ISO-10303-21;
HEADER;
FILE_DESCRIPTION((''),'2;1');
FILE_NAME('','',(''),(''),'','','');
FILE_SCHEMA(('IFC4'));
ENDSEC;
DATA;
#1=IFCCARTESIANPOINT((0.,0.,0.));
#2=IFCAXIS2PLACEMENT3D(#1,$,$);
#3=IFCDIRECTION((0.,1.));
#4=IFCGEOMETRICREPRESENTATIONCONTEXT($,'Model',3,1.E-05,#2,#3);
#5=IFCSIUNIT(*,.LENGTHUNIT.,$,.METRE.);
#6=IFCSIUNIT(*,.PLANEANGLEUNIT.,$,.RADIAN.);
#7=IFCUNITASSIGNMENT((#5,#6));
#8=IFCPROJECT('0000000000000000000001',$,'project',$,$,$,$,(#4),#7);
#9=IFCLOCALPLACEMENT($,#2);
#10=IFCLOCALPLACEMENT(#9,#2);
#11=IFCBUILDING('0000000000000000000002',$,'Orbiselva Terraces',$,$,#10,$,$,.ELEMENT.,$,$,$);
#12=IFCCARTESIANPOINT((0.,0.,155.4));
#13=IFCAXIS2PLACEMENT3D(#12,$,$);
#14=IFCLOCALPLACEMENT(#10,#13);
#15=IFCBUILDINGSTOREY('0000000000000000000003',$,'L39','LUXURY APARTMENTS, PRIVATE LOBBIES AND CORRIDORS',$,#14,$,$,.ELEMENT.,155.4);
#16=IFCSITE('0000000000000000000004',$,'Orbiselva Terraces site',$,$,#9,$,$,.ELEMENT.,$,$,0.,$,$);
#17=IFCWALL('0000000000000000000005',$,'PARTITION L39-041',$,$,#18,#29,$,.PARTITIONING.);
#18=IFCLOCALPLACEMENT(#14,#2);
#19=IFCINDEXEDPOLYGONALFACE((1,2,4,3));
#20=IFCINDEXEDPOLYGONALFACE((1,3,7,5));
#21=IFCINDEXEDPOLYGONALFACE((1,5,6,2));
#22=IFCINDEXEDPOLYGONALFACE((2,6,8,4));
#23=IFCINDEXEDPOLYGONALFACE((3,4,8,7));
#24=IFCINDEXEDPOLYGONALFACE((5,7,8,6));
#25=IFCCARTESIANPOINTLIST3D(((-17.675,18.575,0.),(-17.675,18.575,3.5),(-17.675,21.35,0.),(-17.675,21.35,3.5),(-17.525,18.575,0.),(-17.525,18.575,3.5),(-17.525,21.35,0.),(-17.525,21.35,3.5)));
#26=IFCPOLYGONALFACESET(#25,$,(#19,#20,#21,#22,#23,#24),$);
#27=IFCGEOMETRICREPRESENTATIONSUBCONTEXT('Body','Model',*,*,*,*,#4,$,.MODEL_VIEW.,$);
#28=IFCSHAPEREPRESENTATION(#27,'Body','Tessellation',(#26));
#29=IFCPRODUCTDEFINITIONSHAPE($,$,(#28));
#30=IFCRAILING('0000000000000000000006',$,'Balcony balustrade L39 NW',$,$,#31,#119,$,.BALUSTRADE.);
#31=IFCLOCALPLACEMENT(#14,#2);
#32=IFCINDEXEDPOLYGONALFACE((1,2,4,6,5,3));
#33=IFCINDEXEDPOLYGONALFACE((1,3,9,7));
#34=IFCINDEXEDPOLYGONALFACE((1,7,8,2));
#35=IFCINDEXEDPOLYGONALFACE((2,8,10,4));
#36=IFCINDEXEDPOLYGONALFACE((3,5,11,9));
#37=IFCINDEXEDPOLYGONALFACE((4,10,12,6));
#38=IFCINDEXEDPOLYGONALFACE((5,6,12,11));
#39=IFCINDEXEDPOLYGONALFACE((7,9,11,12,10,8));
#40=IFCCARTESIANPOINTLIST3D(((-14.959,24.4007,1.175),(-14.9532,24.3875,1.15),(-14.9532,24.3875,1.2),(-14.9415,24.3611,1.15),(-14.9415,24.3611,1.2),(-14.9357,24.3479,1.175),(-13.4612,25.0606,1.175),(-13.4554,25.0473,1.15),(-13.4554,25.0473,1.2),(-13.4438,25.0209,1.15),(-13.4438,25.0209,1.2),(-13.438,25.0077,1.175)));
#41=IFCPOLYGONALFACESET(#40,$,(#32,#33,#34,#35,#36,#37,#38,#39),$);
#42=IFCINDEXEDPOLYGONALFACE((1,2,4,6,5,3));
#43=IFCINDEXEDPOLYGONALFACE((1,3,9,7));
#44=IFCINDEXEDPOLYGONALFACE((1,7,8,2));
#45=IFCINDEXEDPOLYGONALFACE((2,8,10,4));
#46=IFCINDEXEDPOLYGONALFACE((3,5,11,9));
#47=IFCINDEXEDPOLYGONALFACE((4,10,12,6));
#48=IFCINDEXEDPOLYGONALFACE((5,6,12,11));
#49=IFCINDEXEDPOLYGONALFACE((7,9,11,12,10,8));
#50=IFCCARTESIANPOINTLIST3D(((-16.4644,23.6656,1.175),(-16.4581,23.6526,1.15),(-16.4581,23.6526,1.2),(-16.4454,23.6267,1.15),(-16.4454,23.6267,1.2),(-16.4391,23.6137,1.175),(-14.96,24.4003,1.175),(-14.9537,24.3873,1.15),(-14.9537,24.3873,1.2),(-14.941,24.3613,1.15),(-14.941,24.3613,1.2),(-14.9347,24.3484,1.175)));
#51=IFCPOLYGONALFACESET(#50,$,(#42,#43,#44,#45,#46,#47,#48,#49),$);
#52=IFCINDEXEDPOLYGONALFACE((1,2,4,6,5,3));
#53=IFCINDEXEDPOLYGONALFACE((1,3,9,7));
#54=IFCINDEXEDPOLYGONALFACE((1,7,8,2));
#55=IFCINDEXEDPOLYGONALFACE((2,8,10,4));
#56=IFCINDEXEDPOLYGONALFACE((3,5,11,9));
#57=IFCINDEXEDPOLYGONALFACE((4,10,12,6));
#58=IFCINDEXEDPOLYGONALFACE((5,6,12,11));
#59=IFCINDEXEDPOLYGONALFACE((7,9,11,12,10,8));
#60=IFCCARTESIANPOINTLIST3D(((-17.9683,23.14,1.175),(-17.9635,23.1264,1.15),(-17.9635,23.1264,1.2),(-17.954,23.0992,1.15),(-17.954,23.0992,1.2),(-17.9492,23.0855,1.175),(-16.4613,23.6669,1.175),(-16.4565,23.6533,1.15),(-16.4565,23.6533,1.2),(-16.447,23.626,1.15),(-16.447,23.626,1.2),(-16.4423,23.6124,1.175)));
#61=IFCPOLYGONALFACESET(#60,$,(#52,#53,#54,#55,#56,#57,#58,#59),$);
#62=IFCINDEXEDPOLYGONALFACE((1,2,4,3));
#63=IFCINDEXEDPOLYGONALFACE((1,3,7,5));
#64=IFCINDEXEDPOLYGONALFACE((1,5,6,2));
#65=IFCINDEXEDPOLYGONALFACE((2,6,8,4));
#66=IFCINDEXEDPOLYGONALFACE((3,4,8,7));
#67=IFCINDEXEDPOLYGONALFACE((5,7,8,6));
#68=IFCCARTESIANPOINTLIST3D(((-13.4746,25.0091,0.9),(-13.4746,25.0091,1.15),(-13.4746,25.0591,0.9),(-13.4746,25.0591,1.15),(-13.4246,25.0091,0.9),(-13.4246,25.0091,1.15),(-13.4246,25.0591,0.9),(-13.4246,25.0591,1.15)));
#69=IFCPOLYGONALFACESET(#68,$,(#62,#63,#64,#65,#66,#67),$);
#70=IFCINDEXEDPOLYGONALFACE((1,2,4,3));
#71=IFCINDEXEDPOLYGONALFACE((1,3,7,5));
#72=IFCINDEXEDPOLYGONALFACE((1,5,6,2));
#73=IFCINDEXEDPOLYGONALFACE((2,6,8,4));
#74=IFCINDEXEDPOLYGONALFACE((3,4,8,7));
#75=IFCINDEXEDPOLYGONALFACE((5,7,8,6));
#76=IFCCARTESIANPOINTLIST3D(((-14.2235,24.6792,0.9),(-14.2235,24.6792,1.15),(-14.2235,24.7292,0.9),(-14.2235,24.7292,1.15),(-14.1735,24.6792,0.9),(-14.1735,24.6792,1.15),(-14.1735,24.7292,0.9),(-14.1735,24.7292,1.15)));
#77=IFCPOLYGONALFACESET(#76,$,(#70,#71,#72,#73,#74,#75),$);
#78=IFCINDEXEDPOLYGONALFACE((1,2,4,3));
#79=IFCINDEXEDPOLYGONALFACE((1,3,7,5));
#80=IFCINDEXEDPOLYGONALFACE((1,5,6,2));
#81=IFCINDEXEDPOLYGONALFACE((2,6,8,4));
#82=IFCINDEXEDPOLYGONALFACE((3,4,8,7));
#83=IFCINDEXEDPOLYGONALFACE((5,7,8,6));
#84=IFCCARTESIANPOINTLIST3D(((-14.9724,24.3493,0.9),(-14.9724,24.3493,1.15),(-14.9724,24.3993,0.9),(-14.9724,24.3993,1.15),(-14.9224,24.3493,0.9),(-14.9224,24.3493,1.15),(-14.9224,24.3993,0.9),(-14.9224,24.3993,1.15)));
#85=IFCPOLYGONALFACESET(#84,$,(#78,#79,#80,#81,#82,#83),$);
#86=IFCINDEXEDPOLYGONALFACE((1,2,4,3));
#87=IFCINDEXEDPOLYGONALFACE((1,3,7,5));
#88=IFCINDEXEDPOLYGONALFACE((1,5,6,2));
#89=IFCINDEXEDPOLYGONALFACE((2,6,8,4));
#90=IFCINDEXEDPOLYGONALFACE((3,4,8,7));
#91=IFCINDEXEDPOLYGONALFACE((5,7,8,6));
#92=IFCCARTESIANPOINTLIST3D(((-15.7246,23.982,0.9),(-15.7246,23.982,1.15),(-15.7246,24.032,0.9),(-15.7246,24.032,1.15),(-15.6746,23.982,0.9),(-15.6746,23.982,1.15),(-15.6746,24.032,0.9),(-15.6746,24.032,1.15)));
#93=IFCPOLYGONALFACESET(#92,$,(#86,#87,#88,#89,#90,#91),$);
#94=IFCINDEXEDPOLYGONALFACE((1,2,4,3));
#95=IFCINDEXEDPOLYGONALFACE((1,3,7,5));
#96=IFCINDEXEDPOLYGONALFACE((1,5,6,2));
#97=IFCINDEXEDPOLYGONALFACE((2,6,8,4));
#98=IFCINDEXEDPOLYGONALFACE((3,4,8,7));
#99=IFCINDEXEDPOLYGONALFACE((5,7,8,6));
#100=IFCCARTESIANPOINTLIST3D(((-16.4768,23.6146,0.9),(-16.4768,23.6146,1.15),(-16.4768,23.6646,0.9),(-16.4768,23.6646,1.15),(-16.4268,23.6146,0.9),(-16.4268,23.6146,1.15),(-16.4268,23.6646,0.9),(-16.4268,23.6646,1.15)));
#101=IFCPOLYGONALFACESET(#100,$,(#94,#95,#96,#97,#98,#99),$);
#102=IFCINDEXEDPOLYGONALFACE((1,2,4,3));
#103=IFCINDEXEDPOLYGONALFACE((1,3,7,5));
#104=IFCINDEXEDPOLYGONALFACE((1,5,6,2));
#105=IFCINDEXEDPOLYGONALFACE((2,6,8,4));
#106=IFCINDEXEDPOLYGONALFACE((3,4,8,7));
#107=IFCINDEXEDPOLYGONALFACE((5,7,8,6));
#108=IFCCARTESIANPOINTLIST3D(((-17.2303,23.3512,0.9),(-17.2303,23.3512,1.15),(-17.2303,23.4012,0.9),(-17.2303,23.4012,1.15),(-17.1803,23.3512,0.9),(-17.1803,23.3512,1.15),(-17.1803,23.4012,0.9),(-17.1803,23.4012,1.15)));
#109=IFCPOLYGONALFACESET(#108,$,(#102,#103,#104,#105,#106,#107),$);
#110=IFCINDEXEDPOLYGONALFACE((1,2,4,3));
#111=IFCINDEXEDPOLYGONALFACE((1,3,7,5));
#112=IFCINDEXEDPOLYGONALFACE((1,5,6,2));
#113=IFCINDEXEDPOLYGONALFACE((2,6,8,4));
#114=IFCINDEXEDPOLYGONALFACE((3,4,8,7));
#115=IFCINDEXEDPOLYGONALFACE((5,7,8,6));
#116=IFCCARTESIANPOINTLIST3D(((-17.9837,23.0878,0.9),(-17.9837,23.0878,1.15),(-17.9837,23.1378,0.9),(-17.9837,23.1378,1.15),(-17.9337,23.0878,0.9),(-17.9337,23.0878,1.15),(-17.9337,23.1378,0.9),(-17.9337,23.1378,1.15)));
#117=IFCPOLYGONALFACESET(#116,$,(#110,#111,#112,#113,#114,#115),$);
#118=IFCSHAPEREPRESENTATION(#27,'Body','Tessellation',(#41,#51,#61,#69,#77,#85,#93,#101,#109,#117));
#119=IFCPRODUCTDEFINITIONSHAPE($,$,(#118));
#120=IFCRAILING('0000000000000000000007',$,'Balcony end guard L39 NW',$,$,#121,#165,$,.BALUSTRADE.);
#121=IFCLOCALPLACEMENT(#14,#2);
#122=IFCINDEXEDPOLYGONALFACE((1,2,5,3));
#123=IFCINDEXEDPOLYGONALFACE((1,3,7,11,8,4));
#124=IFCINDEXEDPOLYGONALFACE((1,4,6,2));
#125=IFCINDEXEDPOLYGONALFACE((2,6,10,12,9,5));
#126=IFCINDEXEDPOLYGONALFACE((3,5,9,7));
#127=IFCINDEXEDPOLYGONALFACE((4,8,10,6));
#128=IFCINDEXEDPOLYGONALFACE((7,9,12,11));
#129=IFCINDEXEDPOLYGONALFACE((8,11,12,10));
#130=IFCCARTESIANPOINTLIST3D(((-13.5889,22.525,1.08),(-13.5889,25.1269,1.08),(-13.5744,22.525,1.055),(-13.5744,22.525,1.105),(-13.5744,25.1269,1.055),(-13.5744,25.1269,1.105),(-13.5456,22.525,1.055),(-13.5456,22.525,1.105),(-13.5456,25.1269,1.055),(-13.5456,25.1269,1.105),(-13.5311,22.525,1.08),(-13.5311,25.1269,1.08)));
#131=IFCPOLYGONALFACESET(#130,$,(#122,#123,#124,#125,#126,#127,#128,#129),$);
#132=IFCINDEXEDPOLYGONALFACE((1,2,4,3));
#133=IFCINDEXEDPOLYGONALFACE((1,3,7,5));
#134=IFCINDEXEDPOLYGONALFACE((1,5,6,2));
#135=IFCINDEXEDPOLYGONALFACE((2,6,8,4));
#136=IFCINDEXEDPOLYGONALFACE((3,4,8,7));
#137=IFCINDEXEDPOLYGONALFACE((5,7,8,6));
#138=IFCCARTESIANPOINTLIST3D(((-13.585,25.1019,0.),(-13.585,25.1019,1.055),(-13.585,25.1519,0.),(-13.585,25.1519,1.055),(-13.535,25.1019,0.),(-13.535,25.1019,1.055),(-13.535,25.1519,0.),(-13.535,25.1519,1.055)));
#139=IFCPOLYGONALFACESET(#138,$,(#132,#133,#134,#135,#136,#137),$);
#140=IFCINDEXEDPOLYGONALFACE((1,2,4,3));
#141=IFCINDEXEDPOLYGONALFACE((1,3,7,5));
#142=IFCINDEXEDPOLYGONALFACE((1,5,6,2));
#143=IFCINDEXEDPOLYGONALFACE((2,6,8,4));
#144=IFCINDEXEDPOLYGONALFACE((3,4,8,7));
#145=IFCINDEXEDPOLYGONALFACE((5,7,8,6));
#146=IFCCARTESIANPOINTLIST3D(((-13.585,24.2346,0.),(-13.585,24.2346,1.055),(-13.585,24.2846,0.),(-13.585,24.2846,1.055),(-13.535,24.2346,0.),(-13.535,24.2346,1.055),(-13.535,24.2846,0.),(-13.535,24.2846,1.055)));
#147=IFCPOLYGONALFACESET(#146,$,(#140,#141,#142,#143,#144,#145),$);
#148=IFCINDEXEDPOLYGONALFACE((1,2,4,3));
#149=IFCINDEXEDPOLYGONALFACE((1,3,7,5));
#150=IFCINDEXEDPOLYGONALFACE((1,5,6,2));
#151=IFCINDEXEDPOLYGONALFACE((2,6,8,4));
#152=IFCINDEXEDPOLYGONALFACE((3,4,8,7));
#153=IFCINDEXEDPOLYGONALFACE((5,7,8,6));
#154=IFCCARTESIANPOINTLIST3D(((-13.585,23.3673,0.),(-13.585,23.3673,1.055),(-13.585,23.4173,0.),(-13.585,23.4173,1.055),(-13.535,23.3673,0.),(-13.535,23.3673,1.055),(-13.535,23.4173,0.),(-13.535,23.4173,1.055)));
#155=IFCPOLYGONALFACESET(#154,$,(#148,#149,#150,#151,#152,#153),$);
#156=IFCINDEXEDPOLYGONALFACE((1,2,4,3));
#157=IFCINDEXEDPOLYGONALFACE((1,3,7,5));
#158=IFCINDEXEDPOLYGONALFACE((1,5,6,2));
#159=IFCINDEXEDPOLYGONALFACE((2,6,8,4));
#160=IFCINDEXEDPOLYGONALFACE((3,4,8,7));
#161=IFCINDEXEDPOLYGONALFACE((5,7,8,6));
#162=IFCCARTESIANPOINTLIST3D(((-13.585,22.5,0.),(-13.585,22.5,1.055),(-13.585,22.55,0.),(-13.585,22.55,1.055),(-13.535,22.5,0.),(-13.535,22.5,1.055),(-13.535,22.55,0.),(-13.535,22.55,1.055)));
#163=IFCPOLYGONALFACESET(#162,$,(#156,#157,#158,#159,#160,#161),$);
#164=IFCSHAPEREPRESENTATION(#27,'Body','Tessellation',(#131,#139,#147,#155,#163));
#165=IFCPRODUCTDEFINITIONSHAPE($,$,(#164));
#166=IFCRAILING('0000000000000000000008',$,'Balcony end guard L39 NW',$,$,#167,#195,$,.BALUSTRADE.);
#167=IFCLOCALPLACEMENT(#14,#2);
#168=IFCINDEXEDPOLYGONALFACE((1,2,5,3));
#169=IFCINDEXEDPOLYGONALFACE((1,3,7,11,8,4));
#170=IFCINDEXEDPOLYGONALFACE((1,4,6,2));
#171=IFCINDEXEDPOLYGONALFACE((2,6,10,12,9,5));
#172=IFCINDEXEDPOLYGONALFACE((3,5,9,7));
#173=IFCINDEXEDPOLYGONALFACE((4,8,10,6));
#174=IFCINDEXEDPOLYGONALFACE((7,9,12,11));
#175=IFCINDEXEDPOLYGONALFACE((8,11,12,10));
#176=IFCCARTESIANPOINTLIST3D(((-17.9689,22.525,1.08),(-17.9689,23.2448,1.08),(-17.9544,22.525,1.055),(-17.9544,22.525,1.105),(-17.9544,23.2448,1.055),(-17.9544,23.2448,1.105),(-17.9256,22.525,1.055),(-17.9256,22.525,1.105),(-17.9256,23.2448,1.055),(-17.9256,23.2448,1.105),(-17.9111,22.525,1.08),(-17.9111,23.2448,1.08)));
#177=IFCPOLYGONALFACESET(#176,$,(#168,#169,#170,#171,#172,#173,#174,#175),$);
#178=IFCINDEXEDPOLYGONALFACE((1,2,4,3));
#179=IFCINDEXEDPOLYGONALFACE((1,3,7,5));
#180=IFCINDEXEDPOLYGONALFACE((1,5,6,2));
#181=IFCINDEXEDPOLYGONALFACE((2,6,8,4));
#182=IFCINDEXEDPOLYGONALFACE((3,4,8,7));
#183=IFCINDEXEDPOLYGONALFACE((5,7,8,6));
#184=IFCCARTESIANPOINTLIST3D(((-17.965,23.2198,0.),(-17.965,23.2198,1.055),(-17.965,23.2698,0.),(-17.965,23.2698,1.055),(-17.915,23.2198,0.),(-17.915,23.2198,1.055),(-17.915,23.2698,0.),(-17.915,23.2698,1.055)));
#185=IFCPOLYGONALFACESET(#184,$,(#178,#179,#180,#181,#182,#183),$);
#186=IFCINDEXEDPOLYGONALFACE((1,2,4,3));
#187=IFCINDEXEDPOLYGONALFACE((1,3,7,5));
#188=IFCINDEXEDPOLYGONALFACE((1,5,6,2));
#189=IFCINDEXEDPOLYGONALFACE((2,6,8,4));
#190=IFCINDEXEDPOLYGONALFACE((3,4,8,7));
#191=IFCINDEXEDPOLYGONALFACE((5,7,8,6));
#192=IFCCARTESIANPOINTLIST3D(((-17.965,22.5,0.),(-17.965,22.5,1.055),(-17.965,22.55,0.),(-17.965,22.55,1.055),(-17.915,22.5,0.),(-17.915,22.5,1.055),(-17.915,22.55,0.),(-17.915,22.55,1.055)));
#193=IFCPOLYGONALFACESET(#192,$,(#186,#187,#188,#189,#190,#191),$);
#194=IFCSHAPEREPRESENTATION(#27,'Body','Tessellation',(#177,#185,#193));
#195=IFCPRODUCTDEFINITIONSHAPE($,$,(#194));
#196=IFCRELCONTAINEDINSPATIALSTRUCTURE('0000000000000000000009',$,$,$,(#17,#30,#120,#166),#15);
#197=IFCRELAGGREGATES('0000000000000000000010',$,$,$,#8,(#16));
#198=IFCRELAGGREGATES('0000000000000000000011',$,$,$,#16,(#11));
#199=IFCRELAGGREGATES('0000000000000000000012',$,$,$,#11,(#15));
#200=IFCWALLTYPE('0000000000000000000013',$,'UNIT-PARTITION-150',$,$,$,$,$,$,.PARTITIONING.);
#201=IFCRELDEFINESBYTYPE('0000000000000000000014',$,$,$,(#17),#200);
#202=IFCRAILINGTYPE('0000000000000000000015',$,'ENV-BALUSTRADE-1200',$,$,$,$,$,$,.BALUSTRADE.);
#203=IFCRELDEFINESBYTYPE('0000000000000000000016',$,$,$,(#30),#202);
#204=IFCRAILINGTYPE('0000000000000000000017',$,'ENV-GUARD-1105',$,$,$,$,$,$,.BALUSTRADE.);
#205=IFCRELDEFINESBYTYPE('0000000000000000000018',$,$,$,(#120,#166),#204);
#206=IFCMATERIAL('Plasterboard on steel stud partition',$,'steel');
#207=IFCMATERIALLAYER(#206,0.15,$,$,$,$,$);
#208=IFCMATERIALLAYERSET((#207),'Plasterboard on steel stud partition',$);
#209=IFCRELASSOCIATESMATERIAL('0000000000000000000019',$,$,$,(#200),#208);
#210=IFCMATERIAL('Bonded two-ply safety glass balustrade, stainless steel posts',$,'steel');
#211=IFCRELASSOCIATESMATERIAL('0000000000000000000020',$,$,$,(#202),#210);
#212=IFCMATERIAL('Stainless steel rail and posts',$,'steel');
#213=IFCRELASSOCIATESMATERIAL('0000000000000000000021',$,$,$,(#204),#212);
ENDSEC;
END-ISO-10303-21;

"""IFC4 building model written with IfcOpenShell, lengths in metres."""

from ifc_helpers import new_model, si_unit, direction, frame, frame_2d, origin, origin_2d, place, context, subcontext, project, spatial, polyline, rectangle, outline, extrude, material, layer, layer_set, type_object, element, save


model = new_model("IFC4")

# Units and contexts
model_context = context("Model", 3, precision=1e-05, world=origin(), true_north=direction((0.0, 1.0)))
body_context = subcontext(model_context, "Body", "Model", "MODEL_VIEW")
ifc_project = project(units=[si_unit("LENGTHUNIT", "METRE"), si_unit("PLANEANGLEUNIT", "RADIAN")], contexts=[model_context])

# Site, building, storey
site_placement = place(None, origin())
site = spatial("IfcSite", under=ifc_project, at=site_placement, Name="Orbiselva Terraces site", CompositionType="ELEMENT", RefElevation=0.0)
building_placement = place(site_placement, origin())
building = spatial("IfcBuilding", under=site, at=building_placement, Name="Orbiselva Terraces", CompositionType="ELEMENT")
storey_placement = place(building_placement, frame((0.0, 0.0, 155.4)))
storey = spatial("IfcBuildingStorey", under=building, at=storey_placement, Name="L39", Description="LUXURY APARTMENTS, PRIVATE LOBBIES AND CORRIDORS", CompositionType="ELEMENT", Elevation=155.4)

# Shared definitions
ifc_material_1 = material(Name="Plasterboard on steel stud partition", Category="steel")
ifc_layer_1 = layer(ifc_material_1, 0.15)
ifc_layer_set_1 = layer_set([ifc_layer_1], Name="Plasterboard on steel stud partition")
wall_type_1 = type_object("IfcWallType", Name="UNIT-PARTITION-150", PredefinedType="PARTITIONING", material=ifc_layer_set_1)

# Wall
wall_1_placement = place(storey_placement, frame((-17.6, 18.575, 0.0), z_axis=(0.0, 0.0, 1.0), x_axis=(0.0, 1.0, 0.0)))
element("IfcWall", 1, at=wall_1_placement, inside=storey, type_object=wall_type_1, Name="PARTITION L39-041", PredefinedType="PARTITIONING", context=body_context, shape_type="SweptSolid", body=[
    extrude(rectangle(XDim=2.775, YDim=0.15, at=frame_2d((1.3875, 0.0))), origin(), (0.0, 0.0, 1.0), 3.5),
])

# Railings
ifc_material_2 = material(Name="Bonded two-ply safety glass balustrade, stainless steel posts", Category="steel")
railing_type_1 = type_object("IfcRailingType", Name="ENV-BALUSTRADE-1200", PredefinedType="BALUSTRADE", material=ifc_material_2)
railing_1_placement = place(storey_placement, frame((-13.4496, 25.0341, 0.9)))
element("IfcRailing", 2, at=railing_1_placement, inside=storey, type_object=railing_type_1, Name="Balcony balustrade L39 NW", PredefinedType="BALUSTRADE", context=body_context, shape_type="SweptSolid", body=[
    extrude(outline(polyline([(0.0289, 0.0), (0.0144, 0.025), (-0.0144, 0.025), (-0.0289, 0.0), (-0.0144, -0.025), (0.0144, -0.025), (0.0289, 0.0)])), frame((0.0, 0.0, 0.275), z_axis=(-0.915133, -0.403151, 0.0), x_axis=(0.403151, -0.915133, 0.0)), (0.0, 0.0, 1.0), 1.6366),
    extrude(outline(polyline([(0.0289, 0.0), (0.0144, 0.025), (-0.0144, 0.025), (-0.0289, 0.0), (-0.0144, -0.025), (0.0144, -0.025), (0.0289, 0.0)])), frame((-1.4978, -0.6598, 0.275), z_axis=(-0.898579, -0.438812, 0.0), x_axis=(0.438812, -0.898579, 0.0)), (0.0, 0.0, 1.0), 1.6742),
    extrude(outline(polyline([(0.0289, 0.0), (0.0144, 0.025), (-0.0144, 0.025), (-0.0289, 0.0), (-0.0144, -0.025), (0.0144, -0.025), (0.0289, 0.0)])), frame((-3.0022, -1.3945, 0.275), z_axis=(-0.943972, -0.330025, 0.0), x_axis=(0.330025, -0.943972, 0.0)), (0.0, 0.0, 1.0), 1.5964),
    extrude(rectangle(XDim=0.05, YDim=0.05, at=origin_2d()), origin(), (0.0, 0.0, 1.0), 0.25),
    extrude(rectangle(XDim=0.05, YDim=0.05, at=origin_2d()), frame((-0.7489, -0.3299, 0.0)), (0.0, 0.0, 1.0), 0.25),
    extrude(rectangle(XDim=0.05, YDim=0.05, at=origin_2d()), frame((-1.4978, -0.6598, 0.0)), (0.0, 0.0, 1.0), 0.25),
    extrude(rectangle(XDim=0.05, YDim=0.05, at=origin_2d()), frame((-2.25, -1.0272, 0.0)), (0.0, 0.0, 1.0), 0.25),
    extrude(rectangle(XDim=0.05, YDim=0.05, at=origin_2d()), frame((-3.0022, -1.3945, 0.0)), (0.0, 0.0, 1.0), 0.25),
    extrude(rectangle(XDim=0.05, YDim=0.05, at=origin_2d()), frame((-3.7557, -1.6579, 0.0)), (0.0, 0.0, 1.0), 0.25),
    extrude(rectangle(XDim=0.05, YDim=0.05, at=origin_2d()), frame((-4.5091, -1.9213, 0.0)), (0.0, 0.0, 1.0), 0.25),
])
ifc_material_3 = material(Name="Stainless steel rail and posts", Category="steel")
railing_type_2 = type_object("IfcRailingType", Name="ENV-GUARD-1105", PredefinedType="BALUSTRADE", material=ifc_material_3)
railing_2_placement = place(storey_placement, frame((-13.56, 25.1269, 0.0)))
element("IfcRailing", 3, at=railing_2_placement, inside=storey, type_object=railing_type_2, Name="Balcony end guard L39 NW", PredefinedType="BALUSTRADE", context=body_context, shape_type="SweptSolid", body=[
    extrude(outline(polyline([(0.0289, 0.0), (0.0144, 0.025), (-0.0144, 0.025), (-0.0289, 0.0), (-0.0144, -0.025), (0.0144, -0.025), (0.0289, 0.0)])), frame((0.0, 0.0, 1.08), z_axis=(0.0, -1.0, 0.0), x_axis=(1.0, 0.0, 0.0)), (0.0, 0.0, 1.0), 2.6019),
    extrude(rectangle(XDim=0.05, YDim=0.05, at=origin_2d()), origin(), (0.0, 0.0, 1.0), 1.055),
    extrude(rectangle(XDim=0.05, YDim=0.05, at=origin_2d()), frame((0.0, -0.8673, 0.0)), (0.0, 0.0, 1.0), 1.055),
    extrude(rectangle(XDim=0.05, YDim=0.05, at=origin_2d()), frame((0.0, -1.7346, 0.0)), (0.0, 0.0, 1.0), 1.055),
    extrude(rectangle(XDim=0.05, YDim=0.05, at=origin_2d()), frame((0.0, -2.6019, 0.0)), (0.0, 0.0, 1.0), 1.055),
])
railing_3_placement = place(storey_placement, frame((-17.94, 23.2448, 0.0)))
element("IfcRailing", 4, at=railing_3_placement, inside=storey, type_object=railing_type_2, Name="Balcony end guard L39 NW", PredefinedType="BALUSTRADE", context=body_context, shape_type="SweptSolid", body=[
    extrude(outline(polyline([(0.0289, 0.0), (0.0144, 0.025), (-0.0144, 0.025), (-0.0289, 0.0), (-0.0144, -0.025), (0.0144, -0.025), (0.0289, 0.0)])), frame((0.0, 0.0, 1.08), z_axis=(0.0, -1.0, 0.0), x_axis=(1.0, 0.0, 0.0)), (0.0, 0.0, 1.0), 0.7198),
    extrude(rectangle(XDim=0.05, YDim=0.05, at=origin_2d()), origin(), (0.0, 0.0, 1.0), 1.055),
    extrude(rectangle(XDim=0.05, YDim=0.05, at=origin_2d()), frame((0.0, -0.7198, 0.0)), (0.0, 0.0, 1.0), 1.055),
])

save(model, "model.ifc")
